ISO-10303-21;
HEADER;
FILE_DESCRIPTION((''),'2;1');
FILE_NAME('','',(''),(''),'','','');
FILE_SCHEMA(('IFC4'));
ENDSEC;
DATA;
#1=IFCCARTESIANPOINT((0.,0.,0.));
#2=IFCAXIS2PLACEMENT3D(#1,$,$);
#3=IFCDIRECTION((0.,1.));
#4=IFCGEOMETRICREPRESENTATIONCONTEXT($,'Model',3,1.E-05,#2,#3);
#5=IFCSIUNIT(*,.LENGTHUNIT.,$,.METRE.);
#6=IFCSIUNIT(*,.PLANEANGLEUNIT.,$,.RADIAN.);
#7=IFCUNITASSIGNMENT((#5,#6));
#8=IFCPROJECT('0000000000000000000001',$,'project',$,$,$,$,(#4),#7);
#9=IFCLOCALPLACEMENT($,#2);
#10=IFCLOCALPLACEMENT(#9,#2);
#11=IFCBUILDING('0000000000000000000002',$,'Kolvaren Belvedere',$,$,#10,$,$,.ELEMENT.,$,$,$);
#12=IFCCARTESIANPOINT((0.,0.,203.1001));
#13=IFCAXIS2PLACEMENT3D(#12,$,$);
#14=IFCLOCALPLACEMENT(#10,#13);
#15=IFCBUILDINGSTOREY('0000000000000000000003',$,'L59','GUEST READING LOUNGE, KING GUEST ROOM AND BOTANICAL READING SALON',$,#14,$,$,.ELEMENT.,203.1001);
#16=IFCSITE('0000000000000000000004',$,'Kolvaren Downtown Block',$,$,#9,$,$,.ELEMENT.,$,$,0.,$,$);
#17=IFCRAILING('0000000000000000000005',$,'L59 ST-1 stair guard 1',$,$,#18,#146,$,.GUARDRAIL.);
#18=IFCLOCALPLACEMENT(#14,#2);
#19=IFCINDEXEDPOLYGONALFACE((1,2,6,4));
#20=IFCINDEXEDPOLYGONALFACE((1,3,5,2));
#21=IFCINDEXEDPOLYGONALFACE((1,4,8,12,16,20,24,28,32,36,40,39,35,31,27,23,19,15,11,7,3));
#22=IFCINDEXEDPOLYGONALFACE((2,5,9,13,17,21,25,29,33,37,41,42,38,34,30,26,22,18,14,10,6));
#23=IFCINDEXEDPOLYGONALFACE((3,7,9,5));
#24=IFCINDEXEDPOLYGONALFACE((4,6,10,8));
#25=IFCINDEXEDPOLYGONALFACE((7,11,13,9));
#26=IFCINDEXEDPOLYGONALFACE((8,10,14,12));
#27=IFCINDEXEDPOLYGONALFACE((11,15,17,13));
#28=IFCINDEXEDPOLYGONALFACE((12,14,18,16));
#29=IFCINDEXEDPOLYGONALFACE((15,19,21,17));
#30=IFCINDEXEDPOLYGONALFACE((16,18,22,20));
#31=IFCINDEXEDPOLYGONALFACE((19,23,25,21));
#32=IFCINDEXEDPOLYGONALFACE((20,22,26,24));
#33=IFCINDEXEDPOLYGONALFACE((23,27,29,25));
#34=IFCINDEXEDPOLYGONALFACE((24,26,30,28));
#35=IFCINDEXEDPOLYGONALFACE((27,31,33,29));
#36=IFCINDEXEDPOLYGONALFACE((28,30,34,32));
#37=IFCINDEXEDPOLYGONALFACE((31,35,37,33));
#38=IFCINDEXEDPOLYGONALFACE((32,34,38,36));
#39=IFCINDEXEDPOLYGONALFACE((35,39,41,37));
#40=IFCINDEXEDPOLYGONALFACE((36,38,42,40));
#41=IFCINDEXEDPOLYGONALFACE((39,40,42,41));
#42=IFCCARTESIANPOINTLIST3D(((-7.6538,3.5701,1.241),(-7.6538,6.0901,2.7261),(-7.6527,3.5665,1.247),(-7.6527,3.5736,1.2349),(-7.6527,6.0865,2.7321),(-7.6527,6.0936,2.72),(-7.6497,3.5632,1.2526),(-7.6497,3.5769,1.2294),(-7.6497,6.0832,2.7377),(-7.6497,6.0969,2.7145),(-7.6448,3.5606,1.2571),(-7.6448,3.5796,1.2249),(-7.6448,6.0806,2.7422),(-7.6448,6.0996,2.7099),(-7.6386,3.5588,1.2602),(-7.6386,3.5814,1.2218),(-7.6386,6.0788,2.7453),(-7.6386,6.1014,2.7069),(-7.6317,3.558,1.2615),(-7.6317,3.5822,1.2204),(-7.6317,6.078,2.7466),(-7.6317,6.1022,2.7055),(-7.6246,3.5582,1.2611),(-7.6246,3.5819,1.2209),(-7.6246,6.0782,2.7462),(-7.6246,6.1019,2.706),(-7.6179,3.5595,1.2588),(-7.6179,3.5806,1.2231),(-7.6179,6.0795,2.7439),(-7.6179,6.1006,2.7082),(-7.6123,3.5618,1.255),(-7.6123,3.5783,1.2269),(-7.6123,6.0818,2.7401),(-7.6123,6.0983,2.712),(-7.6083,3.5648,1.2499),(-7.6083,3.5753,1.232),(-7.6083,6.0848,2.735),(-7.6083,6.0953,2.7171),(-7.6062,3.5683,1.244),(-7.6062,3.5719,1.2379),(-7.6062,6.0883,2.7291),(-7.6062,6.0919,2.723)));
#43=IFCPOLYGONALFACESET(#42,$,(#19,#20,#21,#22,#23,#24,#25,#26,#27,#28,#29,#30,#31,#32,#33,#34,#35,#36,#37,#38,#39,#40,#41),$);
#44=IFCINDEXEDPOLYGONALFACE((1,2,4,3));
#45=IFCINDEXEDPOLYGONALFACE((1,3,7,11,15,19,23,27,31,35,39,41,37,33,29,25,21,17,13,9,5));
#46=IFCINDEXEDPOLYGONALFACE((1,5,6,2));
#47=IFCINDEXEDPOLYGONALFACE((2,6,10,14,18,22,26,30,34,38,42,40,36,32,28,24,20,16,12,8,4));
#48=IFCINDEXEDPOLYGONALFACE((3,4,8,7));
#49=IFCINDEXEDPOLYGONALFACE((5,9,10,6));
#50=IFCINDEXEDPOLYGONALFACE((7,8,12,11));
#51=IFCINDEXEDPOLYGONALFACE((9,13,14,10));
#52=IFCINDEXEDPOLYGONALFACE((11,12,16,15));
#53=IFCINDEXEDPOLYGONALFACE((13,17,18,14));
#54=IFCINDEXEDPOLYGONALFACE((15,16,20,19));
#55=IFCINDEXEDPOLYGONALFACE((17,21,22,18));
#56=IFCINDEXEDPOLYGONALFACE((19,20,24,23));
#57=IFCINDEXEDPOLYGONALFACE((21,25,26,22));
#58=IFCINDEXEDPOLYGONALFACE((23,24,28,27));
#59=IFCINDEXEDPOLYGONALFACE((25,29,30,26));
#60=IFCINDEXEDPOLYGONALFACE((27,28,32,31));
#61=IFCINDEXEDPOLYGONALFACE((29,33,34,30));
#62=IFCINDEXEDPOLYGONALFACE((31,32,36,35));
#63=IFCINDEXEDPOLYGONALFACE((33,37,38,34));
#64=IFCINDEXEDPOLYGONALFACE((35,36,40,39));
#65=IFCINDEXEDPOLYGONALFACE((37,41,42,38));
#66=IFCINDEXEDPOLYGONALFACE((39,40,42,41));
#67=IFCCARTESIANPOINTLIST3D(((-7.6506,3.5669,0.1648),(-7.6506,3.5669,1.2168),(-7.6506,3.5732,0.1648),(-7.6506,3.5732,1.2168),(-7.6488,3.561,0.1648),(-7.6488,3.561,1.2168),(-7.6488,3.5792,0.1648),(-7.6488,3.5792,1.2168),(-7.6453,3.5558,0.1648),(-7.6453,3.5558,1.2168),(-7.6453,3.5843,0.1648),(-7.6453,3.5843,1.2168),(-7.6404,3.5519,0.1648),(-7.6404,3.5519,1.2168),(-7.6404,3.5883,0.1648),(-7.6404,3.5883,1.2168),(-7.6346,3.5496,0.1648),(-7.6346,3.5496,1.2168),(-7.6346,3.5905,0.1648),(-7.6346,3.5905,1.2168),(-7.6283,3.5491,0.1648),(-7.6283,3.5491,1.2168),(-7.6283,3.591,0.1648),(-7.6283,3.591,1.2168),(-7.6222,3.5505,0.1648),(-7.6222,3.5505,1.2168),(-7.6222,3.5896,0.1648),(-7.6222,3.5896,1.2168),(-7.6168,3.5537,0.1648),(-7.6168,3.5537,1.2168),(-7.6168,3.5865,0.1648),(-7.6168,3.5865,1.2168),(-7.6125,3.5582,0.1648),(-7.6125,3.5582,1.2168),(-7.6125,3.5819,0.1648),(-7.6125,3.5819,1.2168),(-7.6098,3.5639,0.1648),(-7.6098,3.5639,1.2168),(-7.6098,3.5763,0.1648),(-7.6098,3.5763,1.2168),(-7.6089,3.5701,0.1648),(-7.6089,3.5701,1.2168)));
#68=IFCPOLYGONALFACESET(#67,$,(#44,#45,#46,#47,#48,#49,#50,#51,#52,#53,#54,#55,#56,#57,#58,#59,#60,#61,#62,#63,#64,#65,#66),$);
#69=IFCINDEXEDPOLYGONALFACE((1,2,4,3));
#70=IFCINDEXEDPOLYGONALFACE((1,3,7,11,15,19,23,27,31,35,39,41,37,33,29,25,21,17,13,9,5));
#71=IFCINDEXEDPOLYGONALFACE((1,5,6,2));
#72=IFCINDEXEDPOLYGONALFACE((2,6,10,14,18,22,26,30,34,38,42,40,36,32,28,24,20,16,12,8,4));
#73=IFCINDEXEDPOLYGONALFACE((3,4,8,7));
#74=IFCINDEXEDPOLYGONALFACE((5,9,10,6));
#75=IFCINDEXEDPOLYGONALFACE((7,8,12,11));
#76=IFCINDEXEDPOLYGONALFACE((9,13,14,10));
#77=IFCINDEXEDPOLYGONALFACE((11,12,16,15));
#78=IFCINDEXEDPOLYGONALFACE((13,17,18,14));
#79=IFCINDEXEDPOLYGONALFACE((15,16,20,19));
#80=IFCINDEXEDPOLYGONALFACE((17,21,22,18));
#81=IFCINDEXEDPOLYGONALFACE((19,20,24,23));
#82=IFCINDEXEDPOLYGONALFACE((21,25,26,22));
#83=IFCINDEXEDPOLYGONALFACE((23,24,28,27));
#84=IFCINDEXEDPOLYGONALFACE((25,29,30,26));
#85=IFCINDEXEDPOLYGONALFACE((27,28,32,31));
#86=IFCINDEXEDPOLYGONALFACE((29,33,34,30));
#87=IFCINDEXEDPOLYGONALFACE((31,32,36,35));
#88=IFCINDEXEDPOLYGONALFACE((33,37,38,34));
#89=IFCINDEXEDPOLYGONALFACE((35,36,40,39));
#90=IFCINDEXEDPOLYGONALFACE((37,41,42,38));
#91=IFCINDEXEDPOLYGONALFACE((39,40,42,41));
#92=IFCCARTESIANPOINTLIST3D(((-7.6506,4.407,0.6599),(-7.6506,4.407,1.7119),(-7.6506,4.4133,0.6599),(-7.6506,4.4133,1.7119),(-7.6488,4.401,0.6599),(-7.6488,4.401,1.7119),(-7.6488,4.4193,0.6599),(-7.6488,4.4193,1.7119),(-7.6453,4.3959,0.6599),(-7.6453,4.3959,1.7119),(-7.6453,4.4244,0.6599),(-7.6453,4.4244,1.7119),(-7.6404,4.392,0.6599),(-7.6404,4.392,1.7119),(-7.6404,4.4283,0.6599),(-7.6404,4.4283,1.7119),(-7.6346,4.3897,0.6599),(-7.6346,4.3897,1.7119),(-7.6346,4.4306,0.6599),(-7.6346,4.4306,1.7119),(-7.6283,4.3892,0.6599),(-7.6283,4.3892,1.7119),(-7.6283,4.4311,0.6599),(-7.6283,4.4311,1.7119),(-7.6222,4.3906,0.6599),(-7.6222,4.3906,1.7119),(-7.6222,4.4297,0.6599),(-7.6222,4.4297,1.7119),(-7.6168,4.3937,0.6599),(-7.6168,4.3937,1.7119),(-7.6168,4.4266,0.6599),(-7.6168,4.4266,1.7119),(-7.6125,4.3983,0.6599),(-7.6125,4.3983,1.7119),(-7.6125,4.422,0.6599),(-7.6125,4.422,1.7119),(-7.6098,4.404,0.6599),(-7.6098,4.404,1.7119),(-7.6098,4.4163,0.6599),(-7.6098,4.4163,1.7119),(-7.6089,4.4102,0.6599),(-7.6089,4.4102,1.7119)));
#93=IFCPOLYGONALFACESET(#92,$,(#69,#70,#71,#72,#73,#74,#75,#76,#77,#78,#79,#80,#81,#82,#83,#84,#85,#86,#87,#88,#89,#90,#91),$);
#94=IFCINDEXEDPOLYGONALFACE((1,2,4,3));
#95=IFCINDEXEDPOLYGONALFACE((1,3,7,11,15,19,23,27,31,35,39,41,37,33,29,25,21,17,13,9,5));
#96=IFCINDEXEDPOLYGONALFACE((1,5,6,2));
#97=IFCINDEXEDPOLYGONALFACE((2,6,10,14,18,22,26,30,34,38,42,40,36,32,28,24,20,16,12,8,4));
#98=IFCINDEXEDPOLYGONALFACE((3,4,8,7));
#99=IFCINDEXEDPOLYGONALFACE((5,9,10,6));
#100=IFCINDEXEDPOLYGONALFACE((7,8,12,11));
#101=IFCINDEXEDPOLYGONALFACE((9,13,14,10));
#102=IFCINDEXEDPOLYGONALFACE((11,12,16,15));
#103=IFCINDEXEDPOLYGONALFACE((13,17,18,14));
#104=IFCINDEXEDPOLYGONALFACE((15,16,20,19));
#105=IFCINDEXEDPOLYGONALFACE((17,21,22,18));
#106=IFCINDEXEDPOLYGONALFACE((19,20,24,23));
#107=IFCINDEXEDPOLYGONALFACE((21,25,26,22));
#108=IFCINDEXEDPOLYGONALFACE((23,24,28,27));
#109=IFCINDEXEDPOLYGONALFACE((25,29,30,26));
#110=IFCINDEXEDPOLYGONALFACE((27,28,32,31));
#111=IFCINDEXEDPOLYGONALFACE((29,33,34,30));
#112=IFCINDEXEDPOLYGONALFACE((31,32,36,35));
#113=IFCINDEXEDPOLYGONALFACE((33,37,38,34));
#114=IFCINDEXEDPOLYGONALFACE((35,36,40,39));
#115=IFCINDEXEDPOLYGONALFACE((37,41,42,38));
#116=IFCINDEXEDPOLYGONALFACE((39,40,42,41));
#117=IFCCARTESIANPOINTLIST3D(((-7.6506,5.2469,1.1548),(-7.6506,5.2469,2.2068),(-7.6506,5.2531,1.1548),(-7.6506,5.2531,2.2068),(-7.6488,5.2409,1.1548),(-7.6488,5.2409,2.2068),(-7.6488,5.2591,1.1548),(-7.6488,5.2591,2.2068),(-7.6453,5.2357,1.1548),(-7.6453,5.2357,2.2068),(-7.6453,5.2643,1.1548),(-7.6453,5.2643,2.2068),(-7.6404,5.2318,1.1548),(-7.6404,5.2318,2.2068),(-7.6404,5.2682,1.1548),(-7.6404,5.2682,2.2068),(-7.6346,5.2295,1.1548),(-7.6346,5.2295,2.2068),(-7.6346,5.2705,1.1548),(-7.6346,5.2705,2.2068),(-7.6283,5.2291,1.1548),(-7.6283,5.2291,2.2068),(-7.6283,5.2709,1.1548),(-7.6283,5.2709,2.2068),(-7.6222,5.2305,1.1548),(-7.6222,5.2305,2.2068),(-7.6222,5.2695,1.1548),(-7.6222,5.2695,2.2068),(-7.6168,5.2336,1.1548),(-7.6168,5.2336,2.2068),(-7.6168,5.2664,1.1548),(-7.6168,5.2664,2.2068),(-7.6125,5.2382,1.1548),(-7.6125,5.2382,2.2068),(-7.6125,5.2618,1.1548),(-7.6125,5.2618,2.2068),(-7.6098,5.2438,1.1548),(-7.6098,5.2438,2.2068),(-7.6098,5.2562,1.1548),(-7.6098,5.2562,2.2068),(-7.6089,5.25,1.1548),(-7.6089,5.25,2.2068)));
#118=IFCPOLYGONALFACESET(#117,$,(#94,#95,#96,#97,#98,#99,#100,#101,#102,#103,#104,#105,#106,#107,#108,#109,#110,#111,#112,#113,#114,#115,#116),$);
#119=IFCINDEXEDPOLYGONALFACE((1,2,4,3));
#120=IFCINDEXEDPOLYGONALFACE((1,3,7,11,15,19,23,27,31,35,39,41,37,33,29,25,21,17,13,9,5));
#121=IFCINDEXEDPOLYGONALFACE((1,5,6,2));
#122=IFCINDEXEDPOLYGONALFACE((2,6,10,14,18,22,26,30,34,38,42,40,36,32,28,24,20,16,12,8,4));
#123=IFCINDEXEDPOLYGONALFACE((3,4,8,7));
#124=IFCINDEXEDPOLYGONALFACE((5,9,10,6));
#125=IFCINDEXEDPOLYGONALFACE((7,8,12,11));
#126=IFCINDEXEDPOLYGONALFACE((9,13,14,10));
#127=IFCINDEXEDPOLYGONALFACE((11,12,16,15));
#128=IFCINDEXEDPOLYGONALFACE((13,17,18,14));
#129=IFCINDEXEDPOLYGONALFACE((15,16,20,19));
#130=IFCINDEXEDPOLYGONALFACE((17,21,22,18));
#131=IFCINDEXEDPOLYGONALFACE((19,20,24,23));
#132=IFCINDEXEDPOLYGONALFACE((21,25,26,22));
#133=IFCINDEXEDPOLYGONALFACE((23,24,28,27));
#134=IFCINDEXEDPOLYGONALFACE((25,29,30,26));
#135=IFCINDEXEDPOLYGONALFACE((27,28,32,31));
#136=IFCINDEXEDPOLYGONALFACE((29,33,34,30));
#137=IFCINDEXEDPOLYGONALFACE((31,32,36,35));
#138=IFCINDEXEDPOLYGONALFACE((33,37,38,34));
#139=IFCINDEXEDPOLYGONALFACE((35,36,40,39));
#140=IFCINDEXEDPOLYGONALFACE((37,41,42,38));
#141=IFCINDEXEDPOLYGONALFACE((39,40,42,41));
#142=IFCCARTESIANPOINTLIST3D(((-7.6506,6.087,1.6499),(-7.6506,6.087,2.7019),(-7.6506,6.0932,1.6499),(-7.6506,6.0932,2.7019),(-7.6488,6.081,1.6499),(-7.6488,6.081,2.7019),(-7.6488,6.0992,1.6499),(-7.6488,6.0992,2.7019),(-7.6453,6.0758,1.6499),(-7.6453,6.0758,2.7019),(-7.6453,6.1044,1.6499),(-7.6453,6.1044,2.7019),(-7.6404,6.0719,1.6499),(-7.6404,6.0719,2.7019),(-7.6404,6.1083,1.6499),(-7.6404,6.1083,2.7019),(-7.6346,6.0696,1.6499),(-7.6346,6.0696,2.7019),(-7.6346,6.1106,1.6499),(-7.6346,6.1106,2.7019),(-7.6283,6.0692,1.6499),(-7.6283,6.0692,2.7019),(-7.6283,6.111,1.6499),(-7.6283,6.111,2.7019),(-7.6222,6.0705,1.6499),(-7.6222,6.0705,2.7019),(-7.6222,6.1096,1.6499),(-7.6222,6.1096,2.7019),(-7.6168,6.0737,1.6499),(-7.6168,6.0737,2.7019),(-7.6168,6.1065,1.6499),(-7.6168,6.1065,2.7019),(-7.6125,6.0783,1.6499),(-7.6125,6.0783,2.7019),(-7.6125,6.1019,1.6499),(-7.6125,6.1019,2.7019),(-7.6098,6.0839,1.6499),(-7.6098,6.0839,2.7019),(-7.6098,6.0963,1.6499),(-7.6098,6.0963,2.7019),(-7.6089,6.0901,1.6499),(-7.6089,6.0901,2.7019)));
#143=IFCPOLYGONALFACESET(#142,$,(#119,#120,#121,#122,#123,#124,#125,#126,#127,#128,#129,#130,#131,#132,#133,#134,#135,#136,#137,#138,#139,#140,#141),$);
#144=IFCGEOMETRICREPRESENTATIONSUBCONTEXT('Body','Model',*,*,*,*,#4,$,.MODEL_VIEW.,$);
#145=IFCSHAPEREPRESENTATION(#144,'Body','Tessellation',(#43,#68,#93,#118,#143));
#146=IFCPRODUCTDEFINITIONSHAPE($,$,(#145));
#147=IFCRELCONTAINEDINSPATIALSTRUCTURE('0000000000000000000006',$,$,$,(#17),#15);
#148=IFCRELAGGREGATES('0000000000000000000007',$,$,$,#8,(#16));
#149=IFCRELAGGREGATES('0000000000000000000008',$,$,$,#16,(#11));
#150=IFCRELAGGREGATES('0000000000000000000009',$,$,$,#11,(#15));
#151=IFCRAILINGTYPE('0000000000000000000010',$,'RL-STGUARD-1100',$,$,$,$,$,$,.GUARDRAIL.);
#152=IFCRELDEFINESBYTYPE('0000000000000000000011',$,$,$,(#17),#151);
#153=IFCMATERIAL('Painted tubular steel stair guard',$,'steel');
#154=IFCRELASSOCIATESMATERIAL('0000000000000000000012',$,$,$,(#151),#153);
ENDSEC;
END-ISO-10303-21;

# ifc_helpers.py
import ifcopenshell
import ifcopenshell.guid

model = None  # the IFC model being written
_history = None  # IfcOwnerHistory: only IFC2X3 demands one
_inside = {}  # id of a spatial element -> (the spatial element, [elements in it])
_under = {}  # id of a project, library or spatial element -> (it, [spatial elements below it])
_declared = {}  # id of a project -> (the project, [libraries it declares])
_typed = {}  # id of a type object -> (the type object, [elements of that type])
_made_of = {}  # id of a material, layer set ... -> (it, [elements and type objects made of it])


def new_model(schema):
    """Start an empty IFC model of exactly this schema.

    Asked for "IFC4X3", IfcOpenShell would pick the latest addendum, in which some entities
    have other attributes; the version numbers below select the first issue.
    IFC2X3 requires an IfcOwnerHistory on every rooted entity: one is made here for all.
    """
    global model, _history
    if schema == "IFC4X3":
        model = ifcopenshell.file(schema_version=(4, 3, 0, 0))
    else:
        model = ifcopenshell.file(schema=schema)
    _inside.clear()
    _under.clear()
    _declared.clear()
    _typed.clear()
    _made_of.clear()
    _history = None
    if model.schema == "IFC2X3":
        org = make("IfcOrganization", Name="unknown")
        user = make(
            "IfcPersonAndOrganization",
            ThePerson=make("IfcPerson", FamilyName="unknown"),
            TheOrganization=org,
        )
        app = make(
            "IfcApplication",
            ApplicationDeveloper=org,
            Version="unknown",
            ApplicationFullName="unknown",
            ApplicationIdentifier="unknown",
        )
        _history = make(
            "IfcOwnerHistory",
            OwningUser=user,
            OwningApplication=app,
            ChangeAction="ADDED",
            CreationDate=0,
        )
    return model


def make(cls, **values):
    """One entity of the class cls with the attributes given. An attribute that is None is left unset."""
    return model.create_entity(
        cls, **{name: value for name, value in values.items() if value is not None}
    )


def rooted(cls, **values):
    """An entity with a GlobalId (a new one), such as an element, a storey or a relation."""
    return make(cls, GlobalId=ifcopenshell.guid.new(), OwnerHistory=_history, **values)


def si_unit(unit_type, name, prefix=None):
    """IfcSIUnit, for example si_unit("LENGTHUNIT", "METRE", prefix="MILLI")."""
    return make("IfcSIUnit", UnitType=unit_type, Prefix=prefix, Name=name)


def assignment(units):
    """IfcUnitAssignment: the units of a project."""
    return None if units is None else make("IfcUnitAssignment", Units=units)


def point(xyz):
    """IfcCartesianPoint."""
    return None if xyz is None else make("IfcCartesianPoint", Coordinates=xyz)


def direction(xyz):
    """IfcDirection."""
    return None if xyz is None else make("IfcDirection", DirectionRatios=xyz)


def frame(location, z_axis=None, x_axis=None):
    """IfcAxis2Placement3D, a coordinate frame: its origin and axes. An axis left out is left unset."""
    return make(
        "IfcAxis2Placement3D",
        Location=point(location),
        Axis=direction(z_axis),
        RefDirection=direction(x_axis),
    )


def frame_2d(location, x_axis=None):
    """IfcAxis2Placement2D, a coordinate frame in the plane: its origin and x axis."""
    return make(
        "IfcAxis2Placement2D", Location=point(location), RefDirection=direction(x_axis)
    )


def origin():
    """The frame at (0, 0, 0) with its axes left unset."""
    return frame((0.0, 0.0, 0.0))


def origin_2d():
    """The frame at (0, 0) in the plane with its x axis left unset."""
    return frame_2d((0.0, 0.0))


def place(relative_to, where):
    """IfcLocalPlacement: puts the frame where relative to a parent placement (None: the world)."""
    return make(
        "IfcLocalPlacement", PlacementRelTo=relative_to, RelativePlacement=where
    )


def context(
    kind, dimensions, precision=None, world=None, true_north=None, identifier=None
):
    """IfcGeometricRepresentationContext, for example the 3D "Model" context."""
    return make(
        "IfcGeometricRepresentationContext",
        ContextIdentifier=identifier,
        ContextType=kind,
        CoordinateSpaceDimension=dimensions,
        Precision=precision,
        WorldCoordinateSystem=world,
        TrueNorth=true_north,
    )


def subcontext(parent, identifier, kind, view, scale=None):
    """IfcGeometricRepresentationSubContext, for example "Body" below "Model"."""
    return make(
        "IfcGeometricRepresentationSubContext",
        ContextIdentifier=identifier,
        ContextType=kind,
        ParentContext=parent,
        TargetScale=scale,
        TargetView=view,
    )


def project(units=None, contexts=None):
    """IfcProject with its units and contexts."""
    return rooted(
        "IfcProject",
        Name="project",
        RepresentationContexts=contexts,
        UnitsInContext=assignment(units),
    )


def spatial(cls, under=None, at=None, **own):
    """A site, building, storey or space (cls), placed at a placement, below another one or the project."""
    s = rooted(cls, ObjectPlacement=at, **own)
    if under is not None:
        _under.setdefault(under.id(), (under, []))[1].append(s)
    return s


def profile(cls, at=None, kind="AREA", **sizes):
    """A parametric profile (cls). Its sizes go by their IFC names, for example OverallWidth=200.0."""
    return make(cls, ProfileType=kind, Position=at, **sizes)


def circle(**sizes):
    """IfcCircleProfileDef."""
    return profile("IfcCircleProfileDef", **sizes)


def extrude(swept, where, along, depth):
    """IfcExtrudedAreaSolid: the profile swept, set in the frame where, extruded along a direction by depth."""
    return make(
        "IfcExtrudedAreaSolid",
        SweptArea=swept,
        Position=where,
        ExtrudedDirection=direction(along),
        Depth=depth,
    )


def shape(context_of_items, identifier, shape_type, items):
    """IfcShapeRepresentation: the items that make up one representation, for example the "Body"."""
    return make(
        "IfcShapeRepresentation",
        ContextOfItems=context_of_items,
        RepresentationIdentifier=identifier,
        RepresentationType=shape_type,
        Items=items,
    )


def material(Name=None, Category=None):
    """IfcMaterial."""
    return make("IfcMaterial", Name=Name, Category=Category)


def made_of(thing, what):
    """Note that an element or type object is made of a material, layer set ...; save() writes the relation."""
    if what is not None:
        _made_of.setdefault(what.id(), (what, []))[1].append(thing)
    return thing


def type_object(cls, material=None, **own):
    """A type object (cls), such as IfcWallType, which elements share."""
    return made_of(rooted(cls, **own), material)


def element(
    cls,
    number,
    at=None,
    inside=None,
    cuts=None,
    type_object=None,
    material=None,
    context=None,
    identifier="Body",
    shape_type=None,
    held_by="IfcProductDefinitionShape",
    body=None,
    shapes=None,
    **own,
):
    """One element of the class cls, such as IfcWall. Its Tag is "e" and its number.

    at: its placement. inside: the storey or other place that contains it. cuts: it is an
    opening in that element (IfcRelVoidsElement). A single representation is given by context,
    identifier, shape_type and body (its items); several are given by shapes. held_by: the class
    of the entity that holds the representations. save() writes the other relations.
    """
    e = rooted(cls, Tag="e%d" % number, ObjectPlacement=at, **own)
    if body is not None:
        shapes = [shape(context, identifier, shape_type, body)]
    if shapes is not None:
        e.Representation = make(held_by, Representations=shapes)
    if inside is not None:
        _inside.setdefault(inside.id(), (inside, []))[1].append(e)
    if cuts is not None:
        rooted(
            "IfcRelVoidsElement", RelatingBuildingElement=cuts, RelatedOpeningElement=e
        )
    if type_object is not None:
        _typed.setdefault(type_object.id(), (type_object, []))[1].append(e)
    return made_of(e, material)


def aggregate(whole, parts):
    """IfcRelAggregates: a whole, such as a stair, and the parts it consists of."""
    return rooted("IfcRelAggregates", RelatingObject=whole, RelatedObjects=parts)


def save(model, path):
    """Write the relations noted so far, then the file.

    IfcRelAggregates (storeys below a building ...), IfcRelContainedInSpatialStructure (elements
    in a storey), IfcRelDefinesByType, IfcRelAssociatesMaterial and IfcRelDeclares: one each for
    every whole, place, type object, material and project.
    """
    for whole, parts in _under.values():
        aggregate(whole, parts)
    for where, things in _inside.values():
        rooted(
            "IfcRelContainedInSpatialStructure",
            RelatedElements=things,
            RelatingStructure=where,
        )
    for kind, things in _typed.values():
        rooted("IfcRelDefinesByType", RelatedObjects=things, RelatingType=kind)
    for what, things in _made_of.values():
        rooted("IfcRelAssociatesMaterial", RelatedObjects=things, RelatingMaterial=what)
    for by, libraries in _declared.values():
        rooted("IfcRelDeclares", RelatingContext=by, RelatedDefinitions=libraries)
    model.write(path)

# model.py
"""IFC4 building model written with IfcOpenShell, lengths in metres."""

from ifc_helpers import new_model, si_unit, direction, frame, origin, origin_2d, place, context, subcontext, project, spatial, circle, extrude, material, type_object, element, save


model = new_model("IFC4")

# Units and contexts
model_context = context("Model", 3, precision=1e-05, world=origin(), true_north=direction((0.0, 1.0)))
body_context = subcontext(model_context, "Body", "Model", "MODEL_VIEW")
ifc_project = project(units=[si_unit("LENGTHUNIT", "METRE"), si_unit("PLANEANGLEUNIT", "RADIAN")], contexts=[model_context])

# Site, building, storey
site_placement = place(None, origin())
site = spatial("IfcSite", under=ifc_project, at=site_placement, Name="Kolvaren Downtown Block", CompositionType="ELEMENT", RefElevation=0.0)
building_placement = place(site_placement, origin())
building = spatial("IfcBuilding", under=site, at=building_placement, Name="Kolvaren Belvedere", CompositionType="ELEMENT")
storey_placement = place(building_placement, frame((0.0, 0.0, 203.1001)))
storey = spatial("IfcBuildingStorey", under=building, at=storey_placement, Name="L59", Description="GUEST READING LOUNGE, KING GUEST ROOM AND BOTANICAL READING SALON", CompositionType="ELEMENT", Elevation=203.1001)

# Railing
ifc_material_1 = material(Name="Painted tubular steel stair guard", Category="steel")
railing_type_1 = type_object("IfcRailingType", Name="RL-STGUARD-1100", PredefinedType="GUARDRAIL", material=ifc_material_1)
railing_1_placement = place(storey_placement, frame((-7.6299, 3.5701, 0.1648)))
element("IfcRailing", 1, at=railing_1_placement, inside=storey, type_object=railing_type_1, Name="L59 ST-1 stair guard 1", PredefinedType="GUARDRAIL", context=body_context, shape_type="SweptSolid", body=[
    extrude(circle(Radius=0.0239, at=origin_2d()), frame((0.0, 0.0, 1.0762), z_axis=(0.0, 0.861524, 0.507717), x_axis=(-1.0, 0.0, 0.0)), (0.0, 0.0, 1.0), 2.925),
    extrude(circle(Radius=0.021, at=origin_2d()), origin(), (0.0, 0.0, 1.0), 1.052),
    extrude(circle(Radius=0.021, at=origin_2d()), frame((0.0, 0.8401, 0.4951)), (0.0, 0.0, 1.0), 1.052),
    extrude(circle(Radius=0.021, at=origin_2d()), frame((0.0, 1.6799, 0.99)), (0.0, 0.0, 1.0), 1.052),
    extrude(circle(Radius=0.021, at=origin_2d()), frame((0.0, 2.52, 1.4851)), (0.0, 0.0, 1.0), 1.052),
])

save(model, "model.ifc")
